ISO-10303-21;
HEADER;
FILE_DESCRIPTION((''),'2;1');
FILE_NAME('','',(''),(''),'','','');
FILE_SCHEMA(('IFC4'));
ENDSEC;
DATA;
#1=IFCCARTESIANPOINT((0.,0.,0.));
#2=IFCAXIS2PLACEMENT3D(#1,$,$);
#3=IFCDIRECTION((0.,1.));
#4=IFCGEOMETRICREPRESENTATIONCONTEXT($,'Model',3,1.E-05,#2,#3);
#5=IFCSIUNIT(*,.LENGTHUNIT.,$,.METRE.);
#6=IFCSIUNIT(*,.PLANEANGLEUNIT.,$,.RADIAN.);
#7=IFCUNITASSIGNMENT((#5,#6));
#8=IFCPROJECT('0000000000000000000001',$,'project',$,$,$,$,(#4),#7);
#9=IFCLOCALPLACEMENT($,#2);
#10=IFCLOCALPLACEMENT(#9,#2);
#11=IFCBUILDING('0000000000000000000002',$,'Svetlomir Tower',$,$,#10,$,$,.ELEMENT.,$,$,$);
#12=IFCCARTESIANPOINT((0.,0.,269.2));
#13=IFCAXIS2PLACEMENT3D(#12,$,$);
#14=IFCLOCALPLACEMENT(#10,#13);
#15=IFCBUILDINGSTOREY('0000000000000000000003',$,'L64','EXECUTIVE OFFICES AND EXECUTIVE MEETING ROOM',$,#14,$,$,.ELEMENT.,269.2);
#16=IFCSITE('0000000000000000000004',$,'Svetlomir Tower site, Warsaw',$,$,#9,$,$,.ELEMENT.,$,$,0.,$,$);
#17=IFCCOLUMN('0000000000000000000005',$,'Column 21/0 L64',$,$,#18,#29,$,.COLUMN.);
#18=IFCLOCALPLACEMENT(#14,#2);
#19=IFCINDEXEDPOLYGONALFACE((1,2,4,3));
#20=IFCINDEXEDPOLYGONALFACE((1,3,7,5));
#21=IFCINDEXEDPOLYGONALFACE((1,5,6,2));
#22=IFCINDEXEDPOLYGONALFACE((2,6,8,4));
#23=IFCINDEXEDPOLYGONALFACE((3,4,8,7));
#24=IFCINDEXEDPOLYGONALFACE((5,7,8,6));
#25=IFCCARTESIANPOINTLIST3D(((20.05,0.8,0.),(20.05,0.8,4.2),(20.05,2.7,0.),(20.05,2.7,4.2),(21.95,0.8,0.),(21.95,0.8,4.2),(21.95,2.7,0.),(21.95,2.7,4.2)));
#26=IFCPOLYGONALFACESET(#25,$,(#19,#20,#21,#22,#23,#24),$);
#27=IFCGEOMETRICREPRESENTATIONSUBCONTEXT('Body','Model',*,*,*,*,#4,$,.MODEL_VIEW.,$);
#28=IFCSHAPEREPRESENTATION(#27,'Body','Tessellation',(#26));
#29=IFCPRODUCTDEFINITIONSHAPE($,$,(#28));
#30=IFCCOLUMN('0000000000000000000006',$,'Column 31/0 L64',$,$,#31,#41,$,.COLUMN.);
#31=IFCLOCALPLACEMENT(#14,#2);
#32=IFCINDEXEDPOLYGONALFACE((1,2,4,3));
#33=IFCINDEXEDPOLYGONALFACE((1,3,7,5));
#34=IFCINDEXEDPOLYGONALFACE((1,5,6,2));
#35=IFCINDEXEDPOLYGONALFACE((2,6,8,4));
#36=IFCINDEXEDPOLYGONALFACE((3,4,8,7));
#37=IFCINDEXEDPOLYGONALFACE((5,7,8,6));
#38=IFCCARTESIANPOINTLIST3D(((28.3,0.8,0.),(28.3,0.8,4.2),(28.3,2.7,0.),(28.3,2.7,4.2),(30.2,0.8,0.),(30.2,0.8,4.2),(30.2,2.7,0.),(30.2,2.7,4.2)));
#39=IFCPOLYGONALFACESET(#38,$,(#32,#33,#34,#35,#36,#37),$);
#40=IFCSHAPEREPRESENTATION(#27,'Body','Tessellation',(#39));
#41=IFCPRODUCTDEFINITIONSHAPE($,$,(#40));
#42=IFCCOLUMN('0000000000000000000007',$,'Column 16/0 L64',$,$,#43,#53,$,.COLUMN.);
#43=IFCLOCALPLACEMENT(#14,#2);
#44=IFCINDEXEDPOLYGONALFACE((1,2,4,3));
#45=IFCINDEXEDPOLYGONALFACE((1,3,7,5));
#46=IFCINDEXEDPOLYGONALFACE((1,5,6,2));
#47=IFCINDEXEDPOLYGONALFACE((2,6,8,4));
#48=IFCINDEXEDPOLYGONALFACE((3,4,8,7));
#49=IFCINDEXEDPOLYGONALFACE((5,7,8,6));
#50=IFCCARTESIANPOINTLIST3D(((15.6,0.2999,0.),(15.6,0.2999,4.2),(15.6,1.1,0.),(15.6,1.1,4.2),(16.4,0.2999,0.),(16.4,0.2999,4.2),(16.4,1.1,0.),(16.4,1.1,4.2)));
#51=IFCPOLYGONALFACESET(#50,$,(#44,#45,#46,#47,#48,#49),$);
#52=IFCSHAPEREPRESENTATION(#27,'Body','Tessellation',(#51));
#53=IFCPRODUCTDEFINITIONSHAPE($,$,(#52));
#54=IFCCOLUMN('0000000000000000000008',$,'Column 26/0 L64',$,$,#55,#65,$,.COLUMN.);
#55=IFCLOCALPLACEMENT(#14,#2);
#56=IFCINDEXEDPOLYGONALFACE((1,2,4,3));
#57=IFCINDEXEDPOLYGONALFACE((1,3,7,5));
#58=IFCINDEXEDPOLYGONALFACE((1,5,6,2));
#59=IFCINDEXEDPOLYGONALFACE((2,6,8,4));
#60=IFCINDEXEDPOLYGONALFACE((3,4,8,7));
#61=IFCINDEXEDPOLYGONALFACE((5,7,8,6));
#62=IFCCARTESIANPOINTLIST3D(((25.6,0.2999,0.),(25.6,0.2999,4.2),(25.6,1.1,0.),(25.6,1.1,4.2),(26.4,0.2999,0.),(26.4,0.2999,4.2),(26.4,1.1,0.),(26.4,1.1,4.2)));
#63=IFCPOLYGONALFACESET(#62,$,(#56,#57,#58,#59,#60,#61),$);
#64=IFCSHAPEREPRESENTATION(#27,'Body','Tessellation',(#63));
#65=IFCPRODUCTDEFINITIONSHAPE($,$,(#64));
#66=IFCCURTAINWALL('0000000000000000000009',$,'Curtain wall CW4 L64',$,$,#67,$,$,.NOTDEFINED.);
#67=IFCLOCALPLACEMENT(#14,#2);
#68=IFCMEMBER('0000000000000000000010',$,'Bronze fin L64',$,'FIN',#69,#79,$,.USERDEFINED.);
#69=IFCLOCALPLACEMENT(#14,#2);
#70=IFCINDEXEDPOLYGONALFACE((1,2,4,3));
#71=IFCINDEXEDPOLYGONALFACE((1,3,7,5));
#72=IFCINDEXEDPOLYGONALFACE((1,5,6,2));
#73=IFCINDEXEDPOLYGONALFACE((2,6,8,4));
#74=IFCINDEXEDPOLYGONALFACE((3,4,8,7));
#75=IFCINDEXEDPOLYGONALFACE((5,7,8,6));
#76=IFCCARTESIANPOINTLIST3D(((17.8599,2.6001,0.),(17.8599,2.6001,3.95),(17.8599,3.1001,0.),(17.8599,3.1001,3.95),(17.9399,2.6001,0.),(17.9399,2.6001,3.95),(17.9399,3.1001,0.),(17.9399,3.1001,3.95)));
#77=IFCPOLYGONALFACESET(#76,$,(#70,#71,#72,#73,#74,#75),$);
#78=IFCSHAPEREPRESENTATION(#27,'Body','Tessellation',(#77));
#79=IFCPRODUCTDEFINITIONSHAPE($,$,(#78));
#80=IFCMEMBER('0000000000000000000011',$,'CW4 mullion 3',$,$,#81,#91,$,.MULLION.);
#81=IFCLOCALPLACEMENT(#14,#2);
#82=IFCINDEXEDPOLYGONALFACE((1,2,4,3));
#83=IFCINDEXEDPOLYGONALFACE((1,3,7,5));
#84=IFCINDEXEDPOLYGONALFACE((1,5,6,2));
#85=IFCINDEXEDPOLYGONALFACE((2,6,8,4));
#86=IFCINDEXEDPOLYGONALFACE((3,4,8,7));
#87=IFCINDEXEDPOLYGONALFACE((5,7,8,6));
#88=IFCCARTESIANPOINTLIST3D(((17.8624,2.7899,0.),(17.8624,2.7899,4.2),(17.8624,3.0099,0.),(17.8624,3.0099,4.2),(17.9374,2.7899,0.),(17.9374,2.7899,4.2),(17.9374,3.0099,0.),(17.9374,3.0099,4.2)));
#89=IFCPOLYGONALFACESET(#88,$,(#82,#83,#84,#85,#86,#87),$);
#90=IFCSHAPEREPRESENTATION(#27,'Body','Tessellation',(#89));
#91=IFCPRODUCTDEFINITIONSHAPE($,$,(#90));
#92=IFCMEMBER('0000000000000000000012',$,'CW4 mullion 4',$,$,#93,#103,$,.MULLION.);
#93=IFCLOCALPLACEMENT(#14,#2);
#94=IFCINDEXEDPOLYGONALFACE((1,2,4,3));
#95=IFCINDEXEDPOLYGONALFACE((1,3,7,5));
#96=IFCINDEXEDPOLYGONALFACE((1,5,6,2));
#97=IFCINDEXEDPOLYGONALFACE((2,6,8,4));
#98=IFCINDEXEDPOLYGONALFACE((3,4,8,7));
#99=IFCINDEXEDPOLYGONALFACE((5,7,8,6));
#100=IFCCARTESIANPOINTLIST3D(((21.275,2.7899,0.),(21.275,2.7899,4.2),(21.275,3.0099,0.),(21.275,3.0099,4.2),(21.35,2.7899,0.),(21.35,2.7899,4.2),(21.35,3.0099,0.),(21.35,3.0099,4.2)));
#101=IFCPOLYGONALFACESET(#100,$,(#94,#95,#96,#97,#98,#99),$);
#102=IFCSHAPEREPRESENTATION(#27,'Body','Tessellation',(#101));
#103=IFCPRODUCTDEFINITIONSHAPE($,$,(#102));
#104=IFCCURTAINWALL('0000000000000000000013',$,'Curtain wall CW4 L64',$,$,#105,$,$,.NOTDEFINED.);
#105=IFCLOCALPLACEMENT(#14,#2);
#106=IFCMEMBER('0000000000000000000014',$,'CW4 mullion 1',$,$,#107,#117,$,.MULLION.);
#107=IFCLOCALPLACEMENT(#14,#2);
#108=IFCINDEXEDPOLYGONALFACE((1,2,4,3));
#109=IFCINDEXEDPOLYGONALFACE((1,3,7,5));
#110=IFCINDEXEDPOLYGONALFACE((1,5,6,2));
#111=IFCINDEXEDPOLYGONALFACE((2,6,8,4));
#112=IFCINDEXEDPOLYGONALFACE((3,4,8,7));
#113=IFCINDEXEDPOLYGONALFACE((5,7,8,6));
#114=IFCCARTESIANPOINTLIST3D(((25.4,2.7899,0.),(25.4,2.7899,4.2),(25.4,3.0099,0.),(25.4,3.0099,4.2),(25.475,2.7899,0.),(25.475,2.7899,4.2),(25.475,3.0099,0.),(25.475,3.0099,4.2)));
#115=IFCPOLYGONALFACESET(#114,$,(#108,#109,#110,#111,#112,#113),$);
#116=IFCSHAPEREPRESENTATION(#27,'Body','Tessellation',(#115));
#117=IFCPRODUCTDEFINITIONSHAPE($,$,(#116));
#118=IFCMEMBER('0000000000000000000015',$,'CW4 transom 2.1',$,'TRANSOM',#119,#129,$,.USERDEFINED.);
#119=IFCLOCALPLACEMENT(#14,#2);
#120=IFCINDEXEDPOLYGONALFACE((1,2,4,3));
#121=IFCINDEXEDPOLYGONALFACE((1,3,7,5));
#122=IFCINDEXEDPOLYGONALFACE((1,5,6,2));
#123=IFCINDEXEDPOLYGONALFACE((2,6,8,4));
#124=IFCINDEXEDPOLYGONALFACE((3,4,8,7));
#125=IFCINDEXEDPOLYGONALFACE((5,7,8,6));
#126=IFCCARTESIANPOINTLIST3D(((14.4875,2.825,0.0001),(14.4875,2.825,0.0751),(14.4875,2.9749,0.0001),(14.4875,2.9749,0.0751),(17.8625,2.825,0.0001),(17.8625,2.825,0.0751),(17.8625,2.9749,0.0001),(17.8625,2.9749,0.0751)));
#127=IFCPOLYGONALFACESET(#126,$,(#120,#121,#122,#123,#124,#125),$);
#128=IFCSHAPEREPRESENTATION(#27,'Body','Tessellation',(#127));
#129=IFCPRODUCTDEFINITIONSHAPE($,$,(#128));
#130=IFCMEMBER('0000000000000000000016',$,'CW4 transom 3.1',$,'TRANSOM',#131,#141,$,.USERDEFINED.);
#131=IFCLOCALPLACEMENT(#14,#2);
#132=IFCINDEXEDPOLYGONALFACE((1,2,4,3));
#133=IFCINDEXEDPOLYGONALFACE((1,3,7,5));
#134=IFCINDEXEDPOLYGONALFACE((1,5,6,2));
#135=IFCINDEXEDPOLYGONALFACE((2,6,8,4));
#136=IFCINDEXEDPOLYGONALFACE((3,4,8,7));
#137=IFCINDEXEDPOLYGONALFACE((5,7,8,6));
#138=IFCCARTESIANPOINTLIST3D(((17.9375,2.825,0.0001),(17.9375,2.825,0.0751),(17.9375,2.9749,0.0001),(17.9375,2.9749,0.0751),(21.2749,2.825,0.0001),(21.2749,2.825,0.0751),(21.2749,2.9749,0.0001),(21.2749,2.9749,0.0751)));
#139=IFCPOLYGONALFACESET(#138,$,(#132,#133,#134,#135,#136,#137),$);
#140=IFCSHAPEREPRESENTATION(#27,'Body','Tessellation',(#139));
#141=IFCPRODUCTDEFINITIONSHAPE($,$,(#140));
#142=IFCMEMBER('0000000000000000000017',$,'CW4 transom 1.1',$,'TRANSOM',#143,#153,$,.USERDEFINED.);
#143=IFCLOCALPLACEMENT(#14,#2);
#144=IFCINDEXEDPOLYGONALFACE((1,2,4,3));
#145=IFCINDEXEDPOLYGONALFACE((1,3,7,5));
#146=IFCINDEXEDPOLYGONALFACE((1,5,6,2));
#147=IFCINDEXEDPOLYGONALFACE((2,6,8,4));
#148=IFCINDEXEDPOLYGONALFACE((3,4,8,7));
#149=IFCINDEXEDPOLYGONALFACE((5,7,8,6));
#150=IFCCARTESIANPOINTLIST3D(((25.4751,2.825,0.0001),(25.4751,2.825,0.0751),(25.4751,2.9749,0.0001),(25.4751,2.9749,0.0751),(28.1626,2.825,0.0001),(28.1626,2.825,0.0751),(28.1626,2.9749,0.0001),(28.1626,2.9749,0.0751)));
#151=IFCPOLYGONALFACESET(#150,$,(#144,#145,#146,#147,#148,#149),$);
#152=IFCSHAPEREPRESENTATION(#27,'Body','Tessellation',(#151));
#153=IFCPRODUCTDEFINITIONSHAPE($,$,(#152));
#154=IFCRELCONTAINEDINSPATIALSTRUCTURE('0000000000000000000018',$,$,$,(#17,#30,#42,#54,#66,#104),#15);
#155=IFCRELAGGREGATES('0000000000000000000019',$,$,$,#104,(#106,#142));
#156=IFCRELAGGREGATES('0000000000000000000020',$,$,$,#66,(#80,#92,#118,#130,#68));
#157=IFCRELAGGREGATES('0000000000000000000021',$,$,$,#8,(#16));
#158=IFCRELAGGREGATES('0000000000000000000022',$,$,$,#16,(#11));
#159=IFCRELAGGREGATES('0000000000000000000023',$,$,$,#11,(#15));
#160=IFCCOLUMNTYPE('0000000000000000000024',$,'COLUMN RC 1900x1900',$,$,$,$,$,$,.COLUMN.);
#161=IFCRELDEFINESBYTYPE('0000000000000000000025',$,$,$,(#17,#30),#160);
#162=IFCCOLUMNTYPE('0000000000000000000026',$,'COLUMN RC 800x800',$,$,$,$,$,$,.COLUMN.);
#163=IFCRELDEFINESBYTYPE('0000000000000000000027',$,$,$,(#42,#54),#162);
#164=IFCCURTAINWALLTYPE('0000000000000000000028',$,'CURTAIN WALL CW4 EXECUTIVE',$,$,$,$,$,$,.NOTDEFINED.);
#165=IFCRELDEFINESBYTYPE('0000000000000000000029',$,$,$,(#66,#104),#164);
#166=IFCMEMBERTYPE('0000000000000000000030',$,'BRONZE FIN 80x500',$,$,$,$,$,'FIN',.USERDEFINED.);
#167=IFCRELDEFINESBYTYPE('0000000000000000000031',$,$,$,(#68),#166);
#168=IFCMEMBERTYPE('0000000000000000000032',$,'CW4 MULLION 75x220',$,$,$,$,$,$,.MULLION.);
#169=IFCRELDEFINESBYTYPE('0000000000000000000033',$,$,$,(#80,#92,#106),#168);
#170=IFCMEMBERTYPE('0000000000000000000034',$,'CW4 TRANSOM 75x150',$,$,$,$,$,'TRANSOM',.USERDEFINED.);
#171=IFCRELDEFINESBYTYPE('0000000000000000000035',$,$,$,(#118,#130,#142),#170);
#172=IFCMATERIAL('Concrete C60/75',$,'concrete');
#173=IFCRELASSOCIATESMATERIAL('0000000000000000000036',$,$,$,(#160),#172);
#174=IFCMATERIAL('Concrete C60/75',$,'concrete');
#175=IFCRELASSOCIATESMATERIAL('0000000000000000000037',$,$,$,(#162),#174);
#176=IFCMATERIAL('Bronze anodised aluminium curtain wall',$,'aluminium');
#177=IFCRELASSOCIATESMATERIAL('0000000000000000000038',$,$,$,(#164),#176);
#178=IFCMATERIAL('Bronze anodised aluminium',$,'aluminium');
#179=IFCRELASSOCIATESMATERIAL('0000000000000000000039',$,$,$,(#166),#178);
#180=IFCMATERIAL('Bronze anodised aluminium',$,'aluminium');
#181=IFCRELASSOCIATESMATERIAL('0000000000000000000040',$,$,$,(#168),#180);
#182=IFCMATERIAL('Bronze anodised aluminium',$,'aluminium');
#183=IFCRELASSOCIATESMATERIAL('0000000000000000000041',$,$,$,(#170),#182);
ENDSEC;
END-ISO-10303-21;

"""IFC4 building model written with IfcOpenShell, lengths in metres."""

from ifc_helpers import new_model, si_unit, direction, frame, origin, origin_2d, place, context, subcontext, project, spatial, rectangle, extrude, material, material_profile, profile_set, type_object, element, aggregate, save


model = new_model("IFC4")

# Units and contexts
model_context = context("Model", 3, precision=1e-05, world=origin(), true_north=direction((0.0, 1.0)))
body_context = subcontext(model_context, "Body", "Model", "MODEL_VIEW")
ifc_project = project(units=[si_unit("LENGTHUNIT", "METRE"), si_unit("PLANEANGLEUNIT", "RADIAN")], contexts=[model_context])

# Site, building, storey
site_placement = place(None, origin())
site = spatial("IfcSite", under=ifc_project, at=site_placement, Name="Svetlomir Tower site, Warsaw", CompositionType="ELEMENT", RefElevation=0.0)
building_placement = place(site_placement, origin())
building = spatial("IfcBuilding", under=site, at=building_placement, Name="Svetlomir Tower", CompositionType="ELEMENT")
storey_placement = place(building_placement, frame((0.0, 0.0, 269.2)))
storey = spatial("IfcBuildingStorey", under=building, at=storey_placement, Name="L64", Description="EXECUTIVE OFFICES AND EXECUTIVE MEETING ROOM", CompositionType="ELEMENT", Elevation=269.2)

# Columns
ifc_material_1 = material(Name="Concrete C60/75", Category="concrete")
ifc_material_profile_1 = material_profile(ifc_material_1, rectangle(XDim=1.8999, YDim=1.8999, at=origin_2d()), Name="RC 1900x1900")
ifc_profile_set_1 = profile_set([ifc_material_profile_1], Name="Concrete C60/75")
column_type_1 = type_object("IfcColumnType", Name="COLUMN RC 1900x1900", PredefinedType="COLUMN", material=ifc_profile_set_1)
for number, where, z_axis, x_axis, name in (
    (1, (21.0, 1.75, 0.0), (0.0, 0.0, 1.0), (1.0, 0.0, 0.0), "Column 21/0 L64"),
    (2, (29.25, 1.75, 0.0), (0.0, 0.0, 1.0), (1.0, 0.0, 0.0), "Column 31/0 L64"),
):
    element("IfcColumn", number, at=place(storey_placement, frame(where, z_axis=z_axis, x_axis=x_axis)), inside=storey, type_object=column_type_1, Name=name, PredefinedType="COLUMN", context=body_context, shape_type="SweptSolid", body=[
        extrude(rectangle(XDim=1.8999, YDim=1.8999, at=origin_2d()), origin(), (0.0, 0.0, 1.0), 4.2),
    ])
ifc_material_2 = material(Name="Concrete C60/75", Category="concrete")
ifc_material_profile_2 = material_profile(ifc_material_2, rectangle(XDim=0.8, YDim=0.8, at=origin_2d()), Name="RC 800x800")
ifc_profile_set_2 = profile_set([ifc_material_profile_2], Name="Concrete C60/75")
column_type_2 = type_object("IfcColumnType", Name="COLUMN RC 800x800", PredefinedType="COLUMN", material=ifc_profile_set_2)
for number, where, z_axis, x_axis, name in (
    (3, (16.0, 0.7, 0.0), (0.0, 0.0, 1.0), (1.0, 0.0, 0.0), "Column 16/0 L64"),
    (4, (26.0, 0.7, 0.0), (0.0, 0.0, 1.0), (1.0, 0.0, 0.0), "Column 26/0 L64"),
):
    element("IfcColumn", number, at=place(storey_placement, frame(where, z_axis=z_axis, x_axis=x_axis)), inside=storey, type_object=column_type_2, Name=name, PredefinedType="COLUMN", context=body_context, shape_type="SweptSolid", body=[
        extrude(rectangle(XDim=0.8, YDim=0.8, at=origin_2d()), origin(), (0.0, 0.0, 1.0), 4.2),
    ])

# Curtain wall, members
ifc_material_3 = material(Name="Bronze anodised aluminium curtain wall", Category="aluminium")
curtain_wall_type = type_object("IfcCurtainWallType", Name="CURTAIN WALL CW4 EXECUTIVE", PredefinedType="NOTDEFINED", material=ifc_material_3)
curtain_wall_1_placement = place(storey_placement, origin())
curtain_wall_1 = element("IfcCurtainWall", 5, at=curtain_wall_1_placement, inside=storey, type_object=curtain_wall_type, Name="Curtain wall CW4 L64", PredefinedType="NOTDEFINED")
ifc_material_4 = material(Name="Bronze anodised aluminium", Category="aluminium")
ifc_material_profile_3 = material_profile(ifc_material_4, rectangle(XDim=0.0801, YDim=0.5, at=origin_2d()), Name="FIN 80x500")
ifc_profile_set_3 = profile_set([ifc_material_profile_3], Name="Bronze anodised aluminium 6063-T6")
member_type_1 = type_object("IfcMemberType", Name="BRONZE FIN 80x500", ElementType="FIN", PredefinedType="USERDEFINED", material=ifc_profile_set_3)
member_1_placement = place(storey_placement, frame((17.8999, 2.8501, 0.0), z_axis=(0.0, 0.0, 1.0), x_axis=(1.0, 0.0, 0.0)))
member_1 = element("IfcMember", 6, at=member_1_placement, type_object=member_type_1, Name="Bronze fin L64", ObjectType="FIN", PredefinedType="USERDEFINED", context=body_context, shape_type="SweptSolid", body=[
    extrude(rectangle(XDim=0.0801, YDim=0.5, at=origin_2d()), origin(), (0.0, 0.0, 1.0), 3.95),
])
ifc_material_5 = material(Name="Bronze anodised aluminium", Category="aluminium")
ifc_material_profile_4 = material_profile(ifc_material_5, rectangle(XDim=0.075, YDim=0.22, at=origin_2d()), Name="AL 75x220")
ifc_profile_set_4 = profile_set([ifc_material_profile_4], Name="Bronze anodised aluminium 6063-T6")
member_type_2 = type_object("IfcMemberType", Name="CW4 MULLION 75x220", PredefinedType="MULLION", material=ifc_profile_set_4)
member_2_placement = place(storey_placement, frame((17.8999, 2.8999, 0.0), z_axis=(0.0, 0.0, 1.0), x_axis=(1.0, 0.0, 0.0)))
member_2 = element("IfcMember", 7, at=member_2_placement, type_object=member_type_2, Name="CW4 mullion 3", PredefinedType="MULLION", context=body_context, shape_type="SweptSolid", body=[
    extrude(rectangle(XDim=0.075, YDim=0.22, at=origin_2d()), origin(), (0.0, 0.0, 1.0), 4.2),
])
member_3_placement = place(storey_placement, frame((21.3125, 2.8999, 0.0), z_axis=(0.0, 0.0, 1.0), x_axis=(1.0, 0.0, 0.0)))
member_3 = element("IfcMember", 8, at=member_3_placement, type_object=member_type_2, Name="CW4 mullion 4", PredefinedType="MULLION", context=body_context, shape_type="SweptSolid", body=[
    extrude(rectangle(XDim=0.075, YDim=0.22, at=origin_2d()), origin(), (0.0, 0.0, 1.0), 4.2),
])

# Curtain wall, member
curtain_wall_2_placement = place(storey_placement, origin())
curtain_wall_2 = element("IfcCurtainWall", 9, at=curtain_wall_2_placement, inside=storey, type_object=curtain_wall_type, Name="Curtain wall CW4 L64", PredefinedType="NOTDEFINED")
member_4_placement = place(storey_placement, frame((25.4375, 2.8999, 0.0), z_axis=(0.0, 0.0, 1.0), x_axis=(1.0, 0.0, 0.0)))
member_4 = element("IfcMember", 10, at=member_4_placement, type_object=member_type_2, Name="CW4 mullion 1", PredefinedType="MULLION", context=body_context, shape_type="SweptSolid", body=[
    extrude(rectangle(XDim=0.075, YDim=0.22, at=origin_2d()), origin(), (0.0, 0.0, 1.0), 4.2),
])

# Members
ifc_material_6 = material(Name="Bronze anodised aluminium", Category="aluminium")
ifc_material_profile_5 = material_profile(ifc_material_6, rectangle(XDim=0.1499, YDim=0.075, at=origin_2d()), Name="AL 150x75")
ifc_profile_set_5 = profile_set([ifc_material_profile_5], Name="Bronze anodised aluminium 6063-T6")
member_type_3 = type_object("IfcMemberType", Name="CW4 TRANSOM 75x150", ElementType="TRANSOM", PredefinedType="USERDEFINED", material=ifc_profile_set_5)
member_5_placement = place(storey_placement, frame((14.4875, 2.8999, 0.0376), z_axis=(1.0, 0.0, 0.0), x_axis=(0.0, 1.0, 0.0)))
member_5 = element("IfcMember", 11, at=member_5_placement, type_object=member_type_3, Name="CW4 transom 2.1", ObjectType="TRANSOM", PredefinedType="USERDEFINED", context=body_context, shape_type="SweptSolid", body=[
    extrude(rectangle(XDim=0.1499, YDim=0.075, at=origin_2d()), origin(), (0.0, 0.0, 1.0), 3.375),
])
member_6_placement = place(storey_placement, frame((17.9375, 2.8999, 0.0376), z_axis=(1.0, 0.0, 0.0), x_axis=(0.0, 1.0, 0.0)))
member_6 = element("IfcMember", 12, at=member_6_placement, type_object=member_type_3, Name="CW4 transom 3.1", ObjectType="TRANSOM", PredefinedType="USERDEFINED", context=body_context, shape_type="SweptSolid", body=[
    extrude(rectangle(XDim=0.1499, YDim=0.075, at=origin_2d()), origin(), (0.0, 0.0, 1.0), 3.3374),
])
member_7_placement = place(storey_placement, frame((25.4751, 2.8999, 0.0376), z_axis=(1.0, 0.0, 0.0), x_axis=(0.0, 1.0, 0.0)))
member_7 = element("IfcMember", 13, at=member_7_placement, type_object=member_type_3, Name="CW4 transom 1.1", ObjectType="TRANSOM", PredefinedType="USERDEFINED", context=body_context, shape_type="SweptSolid", body=[
    extrude(rectangle(XDim=0.1499, YDim=0.075, at=origin_2d()), origin(), (0.0, 0.0, 1.0), 2.6875),
])
aggregate(curtain_wall_2, [member_4, member_7])

aggregate(curtain_wall_1, [member_2, member_3, member_5, member_6, member_1])

save(model, "model.ifc")
